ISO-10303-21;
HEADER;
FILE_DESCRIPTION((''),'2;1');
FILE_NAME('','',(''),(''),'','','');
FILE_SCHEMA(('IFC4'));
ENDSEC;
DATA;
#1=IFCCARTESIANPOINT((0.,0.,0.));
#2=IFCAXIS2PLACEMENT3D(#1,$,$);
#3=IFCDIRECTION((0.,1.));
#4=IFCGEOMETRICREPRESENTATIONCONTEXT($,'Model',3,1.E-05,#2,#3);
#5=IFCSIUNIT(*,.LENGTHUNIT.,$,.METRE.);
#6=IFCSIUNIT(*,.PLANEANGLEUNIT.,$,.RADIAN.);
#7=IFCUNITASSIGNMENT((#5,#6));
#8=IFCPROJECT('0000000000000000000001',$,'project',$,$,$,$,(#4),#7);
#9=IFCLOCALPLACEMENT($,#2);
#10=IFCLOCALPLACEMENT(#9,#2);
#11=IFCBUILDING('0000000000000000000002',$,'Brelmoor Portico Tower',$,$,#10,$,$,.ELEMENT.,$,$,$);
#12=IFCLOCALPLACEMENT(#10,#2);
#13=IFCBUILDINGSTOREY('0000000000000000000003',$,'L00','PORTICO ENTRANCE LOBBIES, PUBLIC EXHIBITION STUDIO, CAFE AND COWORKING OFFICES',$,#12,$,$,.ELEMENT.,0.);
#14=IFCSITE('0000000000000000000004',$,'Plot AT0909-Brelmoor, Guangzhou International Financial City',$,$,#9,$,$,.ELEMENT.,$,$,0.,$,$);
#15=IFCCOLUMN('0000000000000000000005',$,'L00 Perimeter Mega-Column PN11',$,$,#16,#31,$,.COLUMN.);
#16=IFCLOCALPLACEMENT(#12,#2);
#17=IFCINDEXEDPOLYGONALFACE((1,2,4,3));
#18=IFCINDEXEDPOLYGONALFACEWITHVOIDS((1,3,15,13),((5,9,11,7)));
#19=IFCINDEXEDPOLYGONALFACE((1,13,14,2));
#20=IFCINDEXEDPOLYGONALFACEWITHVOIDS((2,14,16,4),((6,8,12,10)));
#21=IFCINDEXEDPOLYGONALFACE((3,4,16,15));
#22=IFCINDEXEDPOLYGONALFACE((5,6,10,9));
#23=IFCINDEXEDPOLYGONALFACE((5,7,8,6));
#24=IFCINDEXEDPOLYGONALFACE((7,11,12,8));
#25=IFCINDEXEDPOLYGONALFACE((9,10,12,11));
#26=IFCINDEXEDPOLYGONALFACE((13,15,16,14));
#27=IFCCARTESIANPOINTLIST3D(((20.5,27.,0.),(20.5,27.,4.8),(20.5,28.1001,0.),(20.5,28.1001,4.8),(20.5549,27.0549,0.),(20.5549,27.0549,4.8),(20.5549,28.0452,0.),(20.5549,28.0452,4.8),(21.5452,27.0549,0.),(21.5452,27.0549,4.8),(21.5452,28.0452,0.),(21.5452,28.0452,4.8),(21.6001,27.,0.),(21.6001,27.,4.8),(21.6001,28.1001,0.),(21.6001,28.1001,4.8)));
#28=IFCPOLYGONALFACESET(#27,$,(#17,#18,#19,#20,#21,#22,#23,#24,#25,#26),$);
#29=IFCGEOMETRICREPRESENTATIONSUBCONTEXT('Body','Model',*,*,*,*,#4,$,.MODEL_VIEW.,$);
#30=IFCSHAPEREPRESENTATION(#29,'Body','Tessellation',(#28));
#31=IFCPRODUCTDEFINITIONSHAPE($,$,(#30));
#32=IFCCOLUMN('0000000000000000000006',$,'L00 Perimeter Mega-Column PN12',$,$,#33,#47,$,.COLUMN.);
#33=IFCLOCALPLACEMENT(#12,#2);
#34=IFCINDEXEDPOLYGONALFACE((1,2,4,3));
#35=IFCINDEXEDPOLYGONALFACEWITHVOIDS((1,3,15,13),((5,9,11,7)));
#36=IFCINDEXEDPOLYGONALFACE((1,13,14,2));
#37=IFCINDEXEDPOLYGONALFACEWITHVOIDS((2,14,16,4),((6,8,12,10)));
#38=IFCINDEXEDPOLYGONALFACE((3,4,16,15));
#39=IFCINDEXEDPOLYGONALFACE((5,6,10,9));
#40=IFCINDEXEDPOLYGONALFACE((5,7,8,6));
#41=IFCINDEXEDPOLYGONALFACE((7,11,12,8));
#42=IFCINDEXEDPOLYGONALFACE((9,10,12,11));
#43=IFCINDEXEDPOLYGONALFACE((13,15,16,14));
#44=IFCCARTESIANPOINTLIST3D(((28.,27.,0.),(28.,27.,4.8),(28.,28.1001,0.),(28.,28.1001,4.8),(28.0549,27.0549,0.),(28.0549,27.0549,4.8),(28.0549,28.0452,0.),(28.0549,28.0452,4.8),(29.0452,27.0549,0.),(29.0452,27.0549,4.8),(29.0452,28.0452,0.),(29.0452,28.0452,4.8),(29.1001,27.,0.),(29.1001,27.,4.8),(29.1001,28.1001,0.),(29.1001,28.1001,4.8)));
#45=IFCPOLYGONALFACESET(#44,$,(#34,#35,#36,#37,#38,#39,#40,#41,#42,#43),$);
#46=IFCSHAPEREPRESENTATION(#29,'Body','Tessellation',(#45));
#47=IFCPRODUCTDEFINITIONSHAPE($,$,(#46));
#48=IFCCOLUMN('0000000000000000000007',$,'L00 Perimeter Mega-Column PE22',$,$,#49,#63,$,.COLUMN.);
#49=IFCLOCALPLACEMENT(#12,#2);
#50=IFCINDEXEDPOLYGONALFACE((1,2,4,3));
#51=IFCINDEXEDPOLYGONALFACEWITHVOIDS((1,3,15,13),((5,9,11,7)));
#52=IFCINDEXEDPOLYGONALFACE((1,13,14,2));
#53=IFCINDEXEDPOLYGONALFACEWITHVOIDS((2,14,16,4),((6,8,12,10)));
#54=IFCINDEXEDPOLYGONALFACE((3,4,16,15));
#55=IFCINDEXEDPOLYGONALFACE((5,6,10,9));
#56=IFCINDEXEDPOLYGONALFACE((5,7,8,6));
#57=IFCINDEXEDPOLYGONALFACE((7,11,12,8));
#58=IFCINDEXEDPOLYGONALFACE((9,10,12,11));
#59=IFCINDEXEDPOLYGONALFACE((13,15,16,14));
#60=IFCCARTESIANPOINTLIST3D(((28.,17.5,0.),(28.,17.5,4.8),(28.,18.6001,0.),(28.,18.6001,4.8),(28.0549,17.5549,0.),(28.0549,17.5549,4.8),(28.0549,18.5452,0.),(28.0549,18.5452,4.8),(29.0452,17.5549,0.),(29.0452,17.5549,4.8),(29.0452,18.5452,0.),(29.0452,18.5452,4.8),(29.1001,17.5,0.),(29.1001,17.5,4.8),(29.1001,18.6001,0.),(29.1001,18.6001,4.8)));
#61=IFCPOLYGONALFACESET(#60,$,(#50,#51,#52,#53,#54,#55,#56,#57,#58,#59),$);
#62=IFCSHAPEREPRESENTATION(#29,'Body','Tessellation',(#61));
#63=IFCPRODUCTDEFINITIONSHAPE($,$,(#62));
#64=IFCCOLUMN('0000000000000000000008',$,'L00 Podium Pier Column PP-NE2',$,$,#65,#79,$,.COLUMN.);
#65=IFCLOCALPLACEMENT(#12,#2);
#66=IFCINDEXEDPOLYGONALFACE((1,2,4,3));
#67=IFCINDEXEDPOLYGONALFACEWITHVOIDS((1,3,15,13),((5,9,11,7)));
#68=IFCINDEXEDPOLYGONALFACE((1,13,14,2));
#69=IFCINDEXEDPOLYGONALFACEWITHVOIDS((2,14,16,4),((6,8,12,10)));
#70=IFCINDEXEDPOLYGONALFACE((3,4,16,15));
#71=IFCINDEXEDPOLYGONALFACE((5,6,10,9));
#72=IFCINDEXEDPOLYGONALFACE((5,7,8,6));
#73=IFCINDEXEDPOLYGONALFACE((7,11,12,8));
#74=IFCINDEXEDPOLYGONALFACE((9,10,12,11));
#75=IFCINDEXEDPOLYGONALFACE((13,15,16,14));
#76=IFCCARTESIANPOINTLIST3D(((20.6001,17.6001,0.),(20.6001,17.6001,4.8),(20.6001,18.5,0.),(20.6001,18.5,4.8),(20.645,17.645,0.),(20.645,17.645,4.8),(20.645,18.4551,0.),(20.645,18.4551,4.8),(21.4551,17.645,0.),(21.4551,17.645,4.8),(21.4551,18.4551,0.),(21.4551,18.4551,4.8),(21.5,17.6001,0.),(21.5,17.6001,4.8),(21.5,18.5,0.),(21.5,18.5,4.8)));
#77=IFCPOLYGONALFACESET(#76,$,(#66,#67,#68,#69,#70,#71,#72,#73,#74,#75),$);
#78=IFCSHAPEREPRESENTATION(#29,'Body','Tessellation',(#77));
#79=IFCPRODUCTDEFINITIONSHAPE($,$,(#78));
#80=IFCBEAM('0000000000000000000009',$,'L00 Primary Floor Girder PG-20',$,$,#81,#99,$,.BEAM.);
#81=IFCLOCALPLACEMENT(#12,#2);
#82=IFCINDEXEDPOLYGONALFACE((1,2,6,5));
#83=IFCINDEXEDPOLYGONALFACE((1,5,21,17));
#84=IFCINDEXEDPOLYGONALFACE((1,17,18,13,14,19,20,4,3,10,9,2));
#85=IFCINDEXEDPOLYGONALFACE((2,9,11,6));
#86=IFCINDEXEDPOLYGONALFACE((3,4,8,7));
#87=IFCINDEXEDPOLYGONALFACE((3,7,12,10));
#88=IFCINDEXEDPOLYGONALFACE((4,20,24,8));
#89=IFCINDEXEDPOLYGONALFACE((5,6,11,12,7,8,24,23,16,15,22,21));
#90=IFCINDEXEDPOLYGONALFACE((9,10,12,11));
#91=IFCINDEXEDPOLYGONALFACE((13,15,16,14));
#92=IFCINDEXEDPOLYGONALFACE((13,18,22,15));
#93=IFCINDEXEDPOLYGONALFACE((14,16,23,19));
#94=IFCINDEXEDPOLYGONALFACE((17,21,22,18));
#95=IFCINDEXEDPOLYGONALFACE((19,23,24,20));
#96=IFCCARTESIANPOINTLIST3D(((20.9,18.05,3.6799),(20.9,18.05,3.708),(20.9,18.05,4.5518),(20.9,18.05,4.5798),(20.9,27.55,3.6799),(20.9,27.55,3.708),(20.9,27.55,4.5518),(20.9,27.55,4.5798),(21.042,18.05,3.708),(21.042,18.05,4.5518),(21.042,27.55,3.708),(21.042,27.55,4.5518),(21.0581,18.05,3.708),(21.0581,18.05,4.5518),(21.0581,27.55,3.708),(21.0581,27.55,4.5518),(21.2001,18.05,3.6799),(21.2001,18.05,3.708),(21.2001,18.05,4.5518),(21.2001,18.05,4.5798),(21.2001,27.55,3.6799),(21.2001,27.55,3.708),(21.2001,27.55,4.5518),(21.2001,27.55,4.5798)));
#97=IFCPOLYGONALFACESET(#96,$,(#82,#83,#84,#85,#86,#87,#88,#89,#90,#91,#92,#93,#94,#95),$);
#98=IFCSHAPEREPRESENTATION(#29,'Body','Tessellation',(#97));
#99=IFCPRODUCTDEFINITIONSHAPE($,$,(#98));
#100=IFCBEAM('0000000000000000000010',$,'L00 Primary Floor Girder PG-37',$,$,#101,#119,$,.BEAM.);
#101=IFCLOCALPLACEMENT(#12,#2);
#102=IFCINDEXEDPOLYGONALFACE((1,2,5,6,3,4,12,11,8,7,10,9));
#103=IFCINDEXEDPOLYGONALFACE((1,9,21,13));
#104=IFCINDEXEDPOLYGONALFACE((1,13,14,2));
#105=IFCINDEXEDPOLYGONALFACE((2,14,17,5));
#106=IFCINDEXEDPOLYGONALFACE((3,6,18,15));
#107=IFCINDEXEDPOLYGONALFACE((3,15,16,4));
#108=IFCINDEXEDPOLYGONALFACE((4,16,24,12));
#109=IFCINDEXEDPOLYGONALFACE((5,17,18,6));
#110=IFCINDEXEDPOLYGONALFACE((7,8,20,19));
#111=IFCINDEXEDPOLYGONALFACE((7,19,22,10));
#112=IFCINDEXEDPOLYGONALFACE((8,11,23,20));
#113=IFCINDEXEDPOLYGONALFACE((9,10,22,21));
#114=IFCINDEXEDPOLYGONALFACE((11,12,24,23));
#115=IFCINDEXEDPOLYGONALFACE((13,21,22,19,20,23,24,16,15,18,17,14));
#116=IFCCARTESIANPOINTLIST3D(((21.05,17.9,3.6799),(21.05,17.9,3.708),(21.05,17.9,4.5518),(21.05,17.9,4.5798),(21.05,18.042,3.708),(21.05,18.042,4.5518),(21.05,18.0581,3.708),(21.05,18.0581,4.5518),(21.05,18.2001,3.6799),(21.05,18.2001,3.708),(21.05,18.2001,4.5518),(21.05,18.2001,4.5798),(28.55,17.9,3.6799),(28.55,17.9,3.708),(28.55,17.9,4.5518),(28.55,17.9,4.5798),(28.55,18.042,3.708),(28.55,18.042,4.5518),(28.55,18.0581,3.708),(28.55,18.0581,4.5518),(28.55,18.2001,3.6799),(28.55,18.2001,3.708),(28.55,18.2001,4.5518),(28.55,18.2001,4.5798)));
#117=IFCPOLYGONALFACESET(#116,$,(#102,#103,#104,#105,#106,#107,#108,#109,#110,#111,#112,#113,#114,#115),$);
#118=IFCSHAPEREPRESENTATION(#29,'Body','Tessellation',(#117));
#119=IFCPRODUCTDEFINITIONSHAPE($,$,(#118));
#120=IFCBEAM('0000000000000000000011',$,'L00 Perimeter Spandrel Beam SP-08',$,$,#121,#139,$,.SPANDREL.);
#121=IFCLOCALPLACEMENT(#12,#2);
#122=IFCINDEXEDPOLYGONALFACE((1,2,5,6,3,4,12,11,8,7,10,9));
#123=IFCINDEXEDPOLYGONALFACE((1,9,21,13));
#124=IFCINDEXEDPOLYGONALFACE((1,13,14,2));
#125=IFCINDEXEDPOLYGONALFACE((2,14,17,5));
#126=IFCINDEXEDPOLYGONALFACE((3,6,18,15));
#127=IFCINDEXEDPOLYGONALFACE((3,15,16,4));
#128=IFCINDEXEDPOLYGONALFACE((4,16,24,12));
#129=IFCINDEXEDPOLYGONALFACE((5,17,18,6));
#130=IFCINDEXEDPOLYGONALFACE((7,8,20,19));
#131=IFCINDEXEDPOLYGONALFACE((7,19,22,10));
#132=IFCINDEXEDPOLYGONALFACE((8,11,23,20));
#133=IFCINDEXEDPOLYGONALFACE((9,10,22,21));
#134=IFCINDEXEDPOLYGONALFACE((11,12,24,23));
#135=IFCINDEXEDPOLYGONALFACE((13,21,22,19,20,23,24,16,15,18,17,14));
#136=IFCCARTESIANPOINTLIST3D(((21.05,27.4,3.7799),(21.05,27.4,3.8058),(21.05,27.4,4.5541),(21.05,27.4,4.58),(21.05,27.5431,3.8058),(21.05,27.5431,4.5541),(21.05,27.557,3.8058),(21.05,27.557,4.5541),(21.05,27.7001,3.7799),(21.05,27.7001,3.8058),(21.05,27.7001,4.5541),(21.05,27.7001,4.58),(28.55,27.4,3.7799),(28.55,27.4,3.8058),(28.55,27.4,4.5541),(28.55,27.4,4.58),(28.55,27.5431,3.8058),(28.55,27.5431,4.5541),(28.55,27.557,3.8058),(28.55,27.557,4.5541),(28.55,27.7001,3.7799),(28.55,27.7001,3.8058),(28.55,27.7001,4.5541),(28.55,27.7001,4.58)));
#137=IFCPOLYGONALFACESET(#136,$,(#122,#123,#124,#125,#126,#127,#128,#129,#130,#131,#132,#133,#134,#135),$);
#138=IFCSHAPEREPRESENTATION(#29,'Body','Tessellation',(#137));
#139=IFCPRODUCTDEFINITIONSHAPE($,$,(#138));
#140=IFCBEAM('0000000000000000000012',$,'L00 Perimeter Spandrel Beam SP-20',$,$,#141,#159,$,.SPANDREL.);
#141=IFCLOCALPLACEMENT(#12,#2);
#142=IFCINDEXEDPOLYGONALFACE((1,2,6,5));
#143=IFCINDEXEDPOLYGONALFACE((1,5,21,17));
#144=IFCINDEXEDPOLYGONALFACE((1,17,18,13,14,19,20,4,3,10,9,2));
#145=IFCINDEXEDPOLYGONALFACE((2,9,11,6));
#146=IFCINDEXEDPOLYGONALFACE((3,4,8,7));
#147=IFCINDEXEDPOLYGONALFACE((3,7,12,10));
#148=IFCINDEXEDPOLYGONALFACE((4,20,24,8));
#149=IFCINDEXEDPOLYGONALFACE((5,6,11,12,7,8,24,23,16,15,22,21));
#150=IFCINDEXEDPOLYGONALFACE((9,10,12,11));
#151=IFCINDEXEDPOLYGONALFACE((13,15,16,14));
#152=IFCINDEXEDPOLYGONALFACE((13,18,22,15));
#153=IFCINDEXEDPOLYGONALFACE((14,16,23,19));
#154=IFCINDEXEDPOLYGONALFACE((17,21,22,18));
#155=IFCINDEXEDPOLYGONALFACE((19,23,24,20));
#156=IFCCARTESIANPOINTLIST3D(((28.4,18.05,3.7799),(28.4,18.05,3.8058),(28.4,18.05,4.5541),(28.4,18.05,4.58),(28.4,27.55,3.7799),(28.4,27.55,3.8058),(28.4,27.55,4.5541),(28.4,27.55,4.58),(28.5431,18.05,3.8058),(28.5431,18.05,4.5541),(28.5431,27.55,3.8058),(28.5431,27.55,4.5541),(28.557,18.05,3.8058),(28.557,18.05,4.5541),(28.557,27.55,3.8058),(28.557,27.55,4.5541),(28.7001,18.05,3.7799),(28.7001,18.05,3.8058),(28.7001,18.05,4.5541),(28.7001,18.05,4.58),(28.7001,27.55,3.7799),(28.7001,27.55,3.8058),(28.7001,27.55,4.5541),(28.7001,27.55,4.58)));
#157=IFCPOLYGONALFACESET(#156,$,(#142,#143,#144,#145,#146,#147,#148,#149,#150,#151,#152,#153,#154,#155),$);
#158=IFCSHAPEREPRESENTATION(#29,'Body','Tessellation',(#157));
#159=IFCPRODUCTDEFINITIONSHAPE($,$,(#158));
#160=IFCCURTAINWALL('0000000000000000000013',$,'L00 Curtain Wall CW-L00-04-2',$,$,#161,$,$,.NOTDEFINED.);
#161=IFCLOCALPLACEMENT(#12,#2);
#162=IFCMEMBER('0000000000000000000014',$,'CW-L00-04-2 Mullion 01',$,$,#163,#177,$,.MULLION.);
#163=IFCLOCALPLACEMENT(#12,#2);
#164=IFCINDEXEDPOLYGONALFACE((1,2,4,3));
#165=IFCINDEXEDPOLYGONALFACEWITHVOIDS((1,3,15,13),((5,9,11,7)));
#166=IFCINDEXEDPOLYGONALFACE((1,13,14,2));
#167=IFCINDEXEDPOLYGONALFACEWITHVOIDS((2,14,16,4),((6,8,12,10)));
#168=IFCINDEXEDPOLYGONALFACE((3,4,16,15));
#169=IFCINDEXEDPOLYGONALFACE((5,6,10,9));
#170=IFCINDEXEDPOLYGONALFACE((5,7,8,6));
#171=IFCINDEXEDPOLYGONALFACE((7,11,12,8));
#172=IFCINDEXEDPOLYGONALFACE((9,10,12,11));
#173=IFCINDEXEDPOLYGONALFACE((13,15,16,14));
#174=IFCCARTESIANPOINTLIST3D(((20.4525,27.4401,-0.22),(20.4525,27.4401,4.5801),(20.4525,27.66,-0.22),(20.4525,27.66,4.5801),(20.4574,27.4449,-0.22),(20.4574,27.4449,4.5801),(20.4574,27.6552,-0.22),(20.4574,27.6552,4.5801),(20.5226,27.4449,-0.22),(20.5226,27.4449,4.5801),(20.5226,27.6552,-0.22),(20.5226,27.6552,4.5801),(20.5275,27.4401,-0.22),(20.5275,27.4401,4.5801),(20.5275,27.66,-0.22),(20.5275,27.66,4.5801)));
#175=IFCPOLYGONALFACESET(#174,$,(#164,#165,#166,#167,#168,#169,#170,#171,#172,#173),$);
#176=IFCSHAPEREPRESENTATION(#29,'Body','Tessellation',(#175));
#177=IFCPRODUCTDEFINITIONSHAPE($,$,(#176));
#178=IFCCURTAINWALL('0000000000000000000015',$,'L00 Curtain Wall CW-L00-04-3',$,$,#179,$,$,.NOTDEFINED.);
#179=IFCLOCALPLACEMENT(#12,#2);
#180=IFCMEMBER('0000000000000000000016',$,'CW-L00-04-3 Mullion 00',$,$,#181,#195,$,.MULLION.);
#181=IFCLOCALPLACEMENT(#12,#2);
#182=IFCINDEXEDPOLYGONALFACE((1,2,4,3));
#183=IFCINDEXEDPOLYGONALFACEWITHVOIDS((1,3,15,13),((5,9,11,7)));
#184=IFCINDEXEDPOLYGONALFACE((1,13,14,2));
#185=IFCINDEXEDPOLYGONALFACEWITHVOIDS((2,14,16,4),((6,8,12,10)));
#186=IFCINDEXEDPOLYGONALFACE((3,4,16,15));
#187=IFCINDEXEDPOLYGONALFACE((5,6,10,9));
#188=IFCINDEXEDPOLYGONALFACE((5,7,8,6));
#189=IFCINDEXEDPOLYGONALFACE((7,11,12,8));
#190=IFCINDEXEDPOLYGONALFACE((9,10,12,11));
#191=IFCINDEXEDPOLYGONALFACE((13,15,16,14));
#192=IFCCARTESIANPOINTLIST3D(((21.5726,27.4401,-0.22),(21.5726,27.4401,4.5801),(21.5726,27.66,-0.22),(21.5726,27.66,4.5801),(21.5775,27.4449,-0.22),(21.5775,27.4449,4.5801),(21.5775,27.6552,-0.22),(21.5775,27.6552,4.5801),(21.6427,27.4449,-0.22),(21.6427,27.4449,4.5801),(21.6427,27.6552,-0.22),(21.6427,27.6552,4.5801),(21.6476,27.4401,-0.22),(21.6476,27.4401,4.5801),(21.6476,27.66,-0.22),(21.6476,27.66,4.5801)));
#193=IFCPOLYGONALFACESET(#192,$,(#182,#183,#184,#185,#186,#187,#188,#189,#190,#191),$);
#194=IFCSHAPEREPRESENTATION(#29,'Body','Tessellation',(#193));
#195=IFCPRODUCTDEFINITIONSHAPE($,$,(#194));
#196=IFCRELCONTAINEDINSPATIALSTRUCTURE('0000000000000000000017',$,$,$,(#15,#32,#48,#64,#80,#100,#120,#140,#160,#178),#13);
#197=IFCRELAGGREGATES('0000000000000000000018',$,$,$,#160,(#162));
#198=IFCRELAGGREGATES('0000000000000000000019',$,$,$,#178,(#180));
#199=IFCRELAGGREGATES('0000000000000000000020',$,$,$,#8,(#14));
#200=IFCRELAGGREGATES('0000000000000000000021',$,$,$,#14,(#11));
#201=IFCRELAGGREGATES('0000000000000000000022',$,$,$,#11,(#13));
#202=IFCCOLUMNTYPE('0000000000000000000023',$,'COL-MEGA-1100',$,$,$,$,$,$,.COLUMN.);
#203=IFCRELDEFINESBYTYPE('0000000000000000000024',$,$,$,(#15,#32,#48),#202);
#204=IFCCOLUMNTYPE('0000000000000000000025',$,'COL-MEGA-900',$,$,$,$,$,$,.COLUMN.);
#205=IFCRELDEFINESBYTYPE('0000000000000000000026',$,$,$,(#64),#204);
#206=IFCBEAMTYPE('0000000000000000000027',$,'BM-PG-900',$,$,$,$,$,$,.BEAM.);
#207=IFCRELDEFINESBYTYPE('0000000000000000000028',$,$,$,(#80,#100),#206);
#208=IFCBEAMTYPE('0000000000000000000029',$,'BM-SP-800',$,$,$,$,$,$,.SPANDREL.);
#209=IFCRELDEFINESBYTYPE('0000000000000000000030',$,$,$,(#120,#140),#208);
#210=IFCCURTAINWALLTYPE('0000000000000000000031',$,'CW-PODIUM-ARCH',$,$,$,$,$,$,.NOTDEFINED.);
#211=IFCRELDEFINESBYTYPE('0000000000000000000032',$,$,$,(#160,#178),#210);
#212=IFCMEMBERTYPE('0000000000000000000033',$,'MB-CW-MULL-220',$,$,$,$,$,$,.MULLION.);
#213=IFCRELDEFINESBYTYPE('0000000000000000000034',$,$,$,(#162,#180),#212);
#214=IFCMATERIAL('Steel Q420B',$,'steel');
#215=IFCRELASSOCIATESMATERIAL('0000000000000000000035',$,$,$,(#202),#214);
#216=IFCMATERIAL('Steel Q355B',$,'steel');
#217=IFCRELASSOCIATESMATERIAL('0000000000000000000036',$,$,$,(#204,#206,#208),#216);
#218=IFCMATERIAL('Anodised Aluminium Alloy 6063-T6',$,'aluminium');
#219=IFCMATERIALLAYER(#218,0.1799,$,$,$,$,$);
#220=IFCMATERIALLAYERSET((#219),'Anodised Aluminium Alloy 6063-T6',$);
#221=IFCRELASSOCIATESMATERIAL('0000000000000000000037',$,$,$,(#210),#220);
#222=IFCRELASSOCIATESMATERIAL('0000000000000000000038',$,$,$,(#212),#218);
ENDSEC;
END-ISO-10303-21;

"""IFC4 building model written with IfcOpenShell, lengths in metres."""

from ifc_helpers import new_model, si_unit, direction, frame, origin, origin_2d, place, context, subcontext, project, spatial, hollow_rectangle, i_section, extrude, material, layer, layer_set, material_profile, profile_set, type_object, element, aggregate, save


model = new_model("IFC4")

# Units and contexts
model_context = context("Model", 3, precision=1e-05, world=origin(), true_north=direction((0.0, 1.0)))
body_context = subcontext(model_context, "Body", "Model", "MODEL_VIEW")
ifc_project = project(units=[si_unit("LENGTHUNIT", "METRE"), si_unit("PLANEANGLEUNIT", "RADIAN")], contexts=[model_context])

# Site, building, storey
site_placement = place(None, origin())
site = spatial("IfcSite", under=ifc_project, at=site_placement, Name="Plot AT0909-Brelmoor, Guangzhou International Financial City", CompositionType="ELEMENT", RefElevation=0.0)
building_placement = place(site_placement, origin())
building = spatial("IfcBuilding", under=site, at=building_placement, Name="Brelmoor Portico Tower", CompositionType="ELEMENT")
storey_placement = place(building_placement, origin())
storey = spatial("IfcBuildingStorey", under=building, at=storey_placement, Name="L00", Description="PORTICO ENTRANCE LOBBIES, PUBLIC EXHIBITION STUDIO, CAFE AND COWORKING OFFICES", CompositionType="ELEMENT", Elevation=0.0)

# Columns
ifc_material_1 = material(Name="Steel Q420B", Category="steel")
ifc_material_profile_1 = material_profile(ifc_material_1, hollow_rectangle(XDim=1.1001, YDim=1.1001, WallThickness=0.0549, at=origin_2d()), Name="BOX 1100x1100x55")
ifc_profile_set_1 = profile_set([ifc_material_profile_1], Name="Steel Q420B")
column_type_1 = type_object("IfcColumnType", Name="COL-MEGA-1100", PredefinedType="COLUMN", material=ifc_profile_set_1)
for number, where, z_axis, x_axis, name in (
    (1, (21.05, 27.55, 0.0), (0.0, 0.0, 1.0), (1.0, 0.0, 0.0), "L00 Perimeter Mega-Column PN11"),
    (2, (28.55, 27.55, 0.0), (0.0, 0.0, 1.0), (1.0, 0.0, 0.0), "L00 Perimeter Mega-Column PN12"),
    (3, (28.55, 18.05, 0.0), (0.0, 0.0, 1.0), (0.0, 1.0, 0.0), "L00 Perimeter Mega-Column PE22"),
):
    element("IfcColumn", number, at=place(storey_placement, frame(where, z_axis=z_axis, x_axis=x_axis)), inside=storey, type_object=column_type_1, Name=name, PredefinedType="COLUMN", context=body_context, shape_type="SweptSolid", body=[
        extrude(hollow_rectangle(XDim=1.1001, YDim=1.1001, WallThickness=0.0549, at=origin_2d()), origin(), (0.0, 0.0, 1.0), 4.8),
    ])
ifc_material_2 = material(Name="Steel Q355B", Category="steel")
ifc_material_profile_2 = material_profile(ifc_material_2, hollow_rectangle(XDim=0.8999, YDim=0.8999, WallThickness=0.0449, at=origin_2d()), Name="BOX 900x900x45")
ifc_profile_set_2 = profile_set([ifc_material_profile_2], Name="Steel Q355B")
column_type_2 = type_object("IfcColumnType", Name="COL-MEGA-900", PredefinedType="COLUMN", material=ifc_profile_set_2)
column_placement = place(storey_placement, frame((21.05, 18.05, 0.0), z_axis=(0.0, 0.0, 1.0), x_axis=(1.0, 0.0, 0.0)))
element("IfcColumn", 4, at=column_placement, inside=storey, type_object=column_type_2, Name="L00 Podium Pier Column PP-NE2", PredefinedType="COLUMN", context=body_context, shape_type="SweptSolid", body=[
    extrude(hollow_rectangle(XDim=0.8999, YDim=0.8999, WallThickness=0.0449, at=origin_2d()), origin(), (0.0, 0.0, 1.0), 4.8),
])

# Beams
ifc_material_profile_3 = material_profile(ifc_material_2, i_section(OverallWidth=0.3, OverallDepth=0.8999, WebThickness=0.0161, FlangeThickness=0.0281, at=origin_2d()), Name="HN 900x300x16x28")
ifc_profile_set_3 = profile_set([ifc_material_profile_3], Name="Steel Q355B")
beam_type_1 = type_object("IfcBeamType", Name="BM-PG-900", PredefinedType="BEAM", material=ifc_profile_set_3)
beam_1_placement = place(storey_placement, frame((21.05, 18.05, 4.1299), z_axis=(0.0, 1.0, 0.0), x_axis=(-1.0, 0.0, 0.0)))
element("IfcBeam", 5, at=beam_1_placement, inside=storey, type_object=beam_type_1, Name="L00 Primary Floor Girder PG-20", PredefinedType="BEAM", context=body_context, shape_type="SweptSolid", body=[
    extrude(i_section(OverallWidth=0.3, OverallDepth=0.8999, WebThickness=0.0161, FlangeThickness=0.0281, at=origin_2d()), origin(), (0.0, 0.0, 1.0), 9.5),
])
beam_2_placement = place(storey_placement, frame((21.05, 18.05, 4.1299), z_axis=(1.0, 0.0, 0.0), x_axis=(0.0, 1.0, 0.0)))
element("IfcBeam", 6, at=beam_2_placement, inside=storey, type_object=beam_type_1, Name="L00 Primary Floor Girder PG-37", PredefinedType="BEAM", context=body_context, shape_type="SweptSolid", body=[
    extrude(i_section(OverallWidth=0.3, OverallDepth=0.8999, WebThickness=0.0161, FlangeThickness=0.0281, at=origin_2d()), origin(), (0.0, 0.0, 1.0), 7.5),
])
ifc_material_profile_4 = material_profile(ifc_material_2, i_section(OverallWidth=0.3, OverallDepth=0.8, WebThickness=0.0139, FlangeThickness=0.0259, at=origin_2d()), Name="HN 800x300x14x26")
ifc_profile_set_4 = profile_set([ifc_material_profile_4], Name="Steel Q355B")
beam_type_2 = type_object("IfcBeamType", Name="BM-SP-800", PredefinedType="SPANDREL", material=ifc_profile_set_4)
beam_3_placement = place(storey_placement, frame((21.05, 27.55, 4.1799), z_axis=(1.0, 0.0, 0.0), x_axis=(0.0, 1.0, 0.0)))
element("IfcBeam", 7, at=beam_3_placement, inside=storey, type_object=beam_type_2, Name="L00 Perimeter Spandrel Beam SP-08", PredefinedType="SPANDREL", context=body_context, shape_type="SweptSolid", body=[
    extrude(i_section(OverallWidth=0.3, OverallDepth=0.8, WebThickness=0.0139, FlangeThickness=0.0259, at=origin_2d()), origin(), (0.0, 0.0, 1.0), 7.5),
])
beam_4_placement = place(storey_placement, frame((28.55, 18.05, 4.1799), z_axis=(0.0, 1.0, 0.0), x_axis=(-1.0, 0.0, 0.0)))
element("IfcBeam", 8, at=beam_4_placement, inside=storey, type_object=beam_type_2, Name="L00 Perimeter Spandrel Beam SP-20", PredefinedType="SPANDREL", context=body_context, shape_type="SweptSolid", body=[
    extrude(i_section(OverallWidth=0.3, OverallDepth=0.8, WebThickness=0.0139, FlangeThickness=0.0259, at=origin_2d()), origin(), (0.0, 0.0, 1.0), 9.5),
])

# Curtain wall, member
ifc_material_3 = material(Name="Anodised Aluminium Alloy 6063-T6", Category="aluminium")
ifc_layer_1 = layer(ifc_material_3, 0.1799)
ifc_layer_set_1 = layer_set([ifc_layer_1], Name="Anodised Aluminium Alloy 6063-T6")
curtain_wall_type = type_object("IfcCurtainWallType", Name="CW-PODIUM-ARCH", PredefinedType="NOTDEFINED", material=ifc_layer_set_1)
curtain_wall_1_placement = place(storey_placement, origin())
curtain_wall_1 = element("IfcCurtainWall", 9, at=curtain_wall_1_placement, inside=storey, type_object=curtain_wall_type, Name="L00 Curtain Wall CW-L00-04-2", PredefinedType="NOTDEFINED")
ifc_material_profile_5 = material_profile(ifc_material_3, hollow_rectangle(XDim=0.075, YDim=0.22, WallThickness=0.0049, at=origin_2d()), Name="ALU MULLION 75x220")
ifc_profile_set_5 = profile_set([ifc_material_profile_5], Name="Anodised Aluminium Alloy 6063-T6")
member_type_1 = type_object("IfcMemberType", Name="MB-CW-MULL-220", PredefinedType="MULLION", material=ifc_profile_set_5)
member_1_placement = place(storey_placement, frame((20.49, 27.55, -0.22), z_axis=(0.0, 0.0, 1.0), x_axis=(1.0, 0.0, 0.0)))
member_1 = element("IfcMember", 10, at=member_1_placement, type_object=member_type_1, Name="CW-L00-04-2 Mullion 01", PredefinedType="MULLION", context=body_context, shape_type="SweptSolid", body=[
    extrude(hollow_rectangle(XDim=0.075, YDim=0.22, WallThickness=0.0049, at=origin_2d()), origin(), (0.0, 0.0, 1.0), 4.8),
])
aggregate(curtain_wall_1, [member_1])

# Curtain wall, member
curtain_wall_2_placement = place(storey_placement, origin())
curtain_wall_2 = element("IfcCurtainWall", 11, at=curtain_wall_2_placement, inside=storey, type_object=curtain_wall_type, Name="L00 Curtain Wall CW-L00-04-3", PredefinedType="NOTDEFINED")
member_2_placement = place(storey_placement, frame((21.6101, 27.55, -0.22), z_axis=(0.0, 0.0, 1.0), x_axis=(1.0, 0.0, 0.0)))
member_2 = element("IfcMember", 12, at=member_2_placement, type_object=member_type_1, Name="CW-L00-04-3 Mullion 00", PredefinedType="MULLION", context=body_context, shape_type="SweptSolid", body=[
    extrude(hollow_rectangle(XDim=0.075, YDim=0.22, WallThickness=0.0049, at=origin_2d()), origin(), (0.0, 0.0, 1.0), 4.8),
])

aggregate(curtain_wall_2, [member_2])

save(model, "model.ifc")
